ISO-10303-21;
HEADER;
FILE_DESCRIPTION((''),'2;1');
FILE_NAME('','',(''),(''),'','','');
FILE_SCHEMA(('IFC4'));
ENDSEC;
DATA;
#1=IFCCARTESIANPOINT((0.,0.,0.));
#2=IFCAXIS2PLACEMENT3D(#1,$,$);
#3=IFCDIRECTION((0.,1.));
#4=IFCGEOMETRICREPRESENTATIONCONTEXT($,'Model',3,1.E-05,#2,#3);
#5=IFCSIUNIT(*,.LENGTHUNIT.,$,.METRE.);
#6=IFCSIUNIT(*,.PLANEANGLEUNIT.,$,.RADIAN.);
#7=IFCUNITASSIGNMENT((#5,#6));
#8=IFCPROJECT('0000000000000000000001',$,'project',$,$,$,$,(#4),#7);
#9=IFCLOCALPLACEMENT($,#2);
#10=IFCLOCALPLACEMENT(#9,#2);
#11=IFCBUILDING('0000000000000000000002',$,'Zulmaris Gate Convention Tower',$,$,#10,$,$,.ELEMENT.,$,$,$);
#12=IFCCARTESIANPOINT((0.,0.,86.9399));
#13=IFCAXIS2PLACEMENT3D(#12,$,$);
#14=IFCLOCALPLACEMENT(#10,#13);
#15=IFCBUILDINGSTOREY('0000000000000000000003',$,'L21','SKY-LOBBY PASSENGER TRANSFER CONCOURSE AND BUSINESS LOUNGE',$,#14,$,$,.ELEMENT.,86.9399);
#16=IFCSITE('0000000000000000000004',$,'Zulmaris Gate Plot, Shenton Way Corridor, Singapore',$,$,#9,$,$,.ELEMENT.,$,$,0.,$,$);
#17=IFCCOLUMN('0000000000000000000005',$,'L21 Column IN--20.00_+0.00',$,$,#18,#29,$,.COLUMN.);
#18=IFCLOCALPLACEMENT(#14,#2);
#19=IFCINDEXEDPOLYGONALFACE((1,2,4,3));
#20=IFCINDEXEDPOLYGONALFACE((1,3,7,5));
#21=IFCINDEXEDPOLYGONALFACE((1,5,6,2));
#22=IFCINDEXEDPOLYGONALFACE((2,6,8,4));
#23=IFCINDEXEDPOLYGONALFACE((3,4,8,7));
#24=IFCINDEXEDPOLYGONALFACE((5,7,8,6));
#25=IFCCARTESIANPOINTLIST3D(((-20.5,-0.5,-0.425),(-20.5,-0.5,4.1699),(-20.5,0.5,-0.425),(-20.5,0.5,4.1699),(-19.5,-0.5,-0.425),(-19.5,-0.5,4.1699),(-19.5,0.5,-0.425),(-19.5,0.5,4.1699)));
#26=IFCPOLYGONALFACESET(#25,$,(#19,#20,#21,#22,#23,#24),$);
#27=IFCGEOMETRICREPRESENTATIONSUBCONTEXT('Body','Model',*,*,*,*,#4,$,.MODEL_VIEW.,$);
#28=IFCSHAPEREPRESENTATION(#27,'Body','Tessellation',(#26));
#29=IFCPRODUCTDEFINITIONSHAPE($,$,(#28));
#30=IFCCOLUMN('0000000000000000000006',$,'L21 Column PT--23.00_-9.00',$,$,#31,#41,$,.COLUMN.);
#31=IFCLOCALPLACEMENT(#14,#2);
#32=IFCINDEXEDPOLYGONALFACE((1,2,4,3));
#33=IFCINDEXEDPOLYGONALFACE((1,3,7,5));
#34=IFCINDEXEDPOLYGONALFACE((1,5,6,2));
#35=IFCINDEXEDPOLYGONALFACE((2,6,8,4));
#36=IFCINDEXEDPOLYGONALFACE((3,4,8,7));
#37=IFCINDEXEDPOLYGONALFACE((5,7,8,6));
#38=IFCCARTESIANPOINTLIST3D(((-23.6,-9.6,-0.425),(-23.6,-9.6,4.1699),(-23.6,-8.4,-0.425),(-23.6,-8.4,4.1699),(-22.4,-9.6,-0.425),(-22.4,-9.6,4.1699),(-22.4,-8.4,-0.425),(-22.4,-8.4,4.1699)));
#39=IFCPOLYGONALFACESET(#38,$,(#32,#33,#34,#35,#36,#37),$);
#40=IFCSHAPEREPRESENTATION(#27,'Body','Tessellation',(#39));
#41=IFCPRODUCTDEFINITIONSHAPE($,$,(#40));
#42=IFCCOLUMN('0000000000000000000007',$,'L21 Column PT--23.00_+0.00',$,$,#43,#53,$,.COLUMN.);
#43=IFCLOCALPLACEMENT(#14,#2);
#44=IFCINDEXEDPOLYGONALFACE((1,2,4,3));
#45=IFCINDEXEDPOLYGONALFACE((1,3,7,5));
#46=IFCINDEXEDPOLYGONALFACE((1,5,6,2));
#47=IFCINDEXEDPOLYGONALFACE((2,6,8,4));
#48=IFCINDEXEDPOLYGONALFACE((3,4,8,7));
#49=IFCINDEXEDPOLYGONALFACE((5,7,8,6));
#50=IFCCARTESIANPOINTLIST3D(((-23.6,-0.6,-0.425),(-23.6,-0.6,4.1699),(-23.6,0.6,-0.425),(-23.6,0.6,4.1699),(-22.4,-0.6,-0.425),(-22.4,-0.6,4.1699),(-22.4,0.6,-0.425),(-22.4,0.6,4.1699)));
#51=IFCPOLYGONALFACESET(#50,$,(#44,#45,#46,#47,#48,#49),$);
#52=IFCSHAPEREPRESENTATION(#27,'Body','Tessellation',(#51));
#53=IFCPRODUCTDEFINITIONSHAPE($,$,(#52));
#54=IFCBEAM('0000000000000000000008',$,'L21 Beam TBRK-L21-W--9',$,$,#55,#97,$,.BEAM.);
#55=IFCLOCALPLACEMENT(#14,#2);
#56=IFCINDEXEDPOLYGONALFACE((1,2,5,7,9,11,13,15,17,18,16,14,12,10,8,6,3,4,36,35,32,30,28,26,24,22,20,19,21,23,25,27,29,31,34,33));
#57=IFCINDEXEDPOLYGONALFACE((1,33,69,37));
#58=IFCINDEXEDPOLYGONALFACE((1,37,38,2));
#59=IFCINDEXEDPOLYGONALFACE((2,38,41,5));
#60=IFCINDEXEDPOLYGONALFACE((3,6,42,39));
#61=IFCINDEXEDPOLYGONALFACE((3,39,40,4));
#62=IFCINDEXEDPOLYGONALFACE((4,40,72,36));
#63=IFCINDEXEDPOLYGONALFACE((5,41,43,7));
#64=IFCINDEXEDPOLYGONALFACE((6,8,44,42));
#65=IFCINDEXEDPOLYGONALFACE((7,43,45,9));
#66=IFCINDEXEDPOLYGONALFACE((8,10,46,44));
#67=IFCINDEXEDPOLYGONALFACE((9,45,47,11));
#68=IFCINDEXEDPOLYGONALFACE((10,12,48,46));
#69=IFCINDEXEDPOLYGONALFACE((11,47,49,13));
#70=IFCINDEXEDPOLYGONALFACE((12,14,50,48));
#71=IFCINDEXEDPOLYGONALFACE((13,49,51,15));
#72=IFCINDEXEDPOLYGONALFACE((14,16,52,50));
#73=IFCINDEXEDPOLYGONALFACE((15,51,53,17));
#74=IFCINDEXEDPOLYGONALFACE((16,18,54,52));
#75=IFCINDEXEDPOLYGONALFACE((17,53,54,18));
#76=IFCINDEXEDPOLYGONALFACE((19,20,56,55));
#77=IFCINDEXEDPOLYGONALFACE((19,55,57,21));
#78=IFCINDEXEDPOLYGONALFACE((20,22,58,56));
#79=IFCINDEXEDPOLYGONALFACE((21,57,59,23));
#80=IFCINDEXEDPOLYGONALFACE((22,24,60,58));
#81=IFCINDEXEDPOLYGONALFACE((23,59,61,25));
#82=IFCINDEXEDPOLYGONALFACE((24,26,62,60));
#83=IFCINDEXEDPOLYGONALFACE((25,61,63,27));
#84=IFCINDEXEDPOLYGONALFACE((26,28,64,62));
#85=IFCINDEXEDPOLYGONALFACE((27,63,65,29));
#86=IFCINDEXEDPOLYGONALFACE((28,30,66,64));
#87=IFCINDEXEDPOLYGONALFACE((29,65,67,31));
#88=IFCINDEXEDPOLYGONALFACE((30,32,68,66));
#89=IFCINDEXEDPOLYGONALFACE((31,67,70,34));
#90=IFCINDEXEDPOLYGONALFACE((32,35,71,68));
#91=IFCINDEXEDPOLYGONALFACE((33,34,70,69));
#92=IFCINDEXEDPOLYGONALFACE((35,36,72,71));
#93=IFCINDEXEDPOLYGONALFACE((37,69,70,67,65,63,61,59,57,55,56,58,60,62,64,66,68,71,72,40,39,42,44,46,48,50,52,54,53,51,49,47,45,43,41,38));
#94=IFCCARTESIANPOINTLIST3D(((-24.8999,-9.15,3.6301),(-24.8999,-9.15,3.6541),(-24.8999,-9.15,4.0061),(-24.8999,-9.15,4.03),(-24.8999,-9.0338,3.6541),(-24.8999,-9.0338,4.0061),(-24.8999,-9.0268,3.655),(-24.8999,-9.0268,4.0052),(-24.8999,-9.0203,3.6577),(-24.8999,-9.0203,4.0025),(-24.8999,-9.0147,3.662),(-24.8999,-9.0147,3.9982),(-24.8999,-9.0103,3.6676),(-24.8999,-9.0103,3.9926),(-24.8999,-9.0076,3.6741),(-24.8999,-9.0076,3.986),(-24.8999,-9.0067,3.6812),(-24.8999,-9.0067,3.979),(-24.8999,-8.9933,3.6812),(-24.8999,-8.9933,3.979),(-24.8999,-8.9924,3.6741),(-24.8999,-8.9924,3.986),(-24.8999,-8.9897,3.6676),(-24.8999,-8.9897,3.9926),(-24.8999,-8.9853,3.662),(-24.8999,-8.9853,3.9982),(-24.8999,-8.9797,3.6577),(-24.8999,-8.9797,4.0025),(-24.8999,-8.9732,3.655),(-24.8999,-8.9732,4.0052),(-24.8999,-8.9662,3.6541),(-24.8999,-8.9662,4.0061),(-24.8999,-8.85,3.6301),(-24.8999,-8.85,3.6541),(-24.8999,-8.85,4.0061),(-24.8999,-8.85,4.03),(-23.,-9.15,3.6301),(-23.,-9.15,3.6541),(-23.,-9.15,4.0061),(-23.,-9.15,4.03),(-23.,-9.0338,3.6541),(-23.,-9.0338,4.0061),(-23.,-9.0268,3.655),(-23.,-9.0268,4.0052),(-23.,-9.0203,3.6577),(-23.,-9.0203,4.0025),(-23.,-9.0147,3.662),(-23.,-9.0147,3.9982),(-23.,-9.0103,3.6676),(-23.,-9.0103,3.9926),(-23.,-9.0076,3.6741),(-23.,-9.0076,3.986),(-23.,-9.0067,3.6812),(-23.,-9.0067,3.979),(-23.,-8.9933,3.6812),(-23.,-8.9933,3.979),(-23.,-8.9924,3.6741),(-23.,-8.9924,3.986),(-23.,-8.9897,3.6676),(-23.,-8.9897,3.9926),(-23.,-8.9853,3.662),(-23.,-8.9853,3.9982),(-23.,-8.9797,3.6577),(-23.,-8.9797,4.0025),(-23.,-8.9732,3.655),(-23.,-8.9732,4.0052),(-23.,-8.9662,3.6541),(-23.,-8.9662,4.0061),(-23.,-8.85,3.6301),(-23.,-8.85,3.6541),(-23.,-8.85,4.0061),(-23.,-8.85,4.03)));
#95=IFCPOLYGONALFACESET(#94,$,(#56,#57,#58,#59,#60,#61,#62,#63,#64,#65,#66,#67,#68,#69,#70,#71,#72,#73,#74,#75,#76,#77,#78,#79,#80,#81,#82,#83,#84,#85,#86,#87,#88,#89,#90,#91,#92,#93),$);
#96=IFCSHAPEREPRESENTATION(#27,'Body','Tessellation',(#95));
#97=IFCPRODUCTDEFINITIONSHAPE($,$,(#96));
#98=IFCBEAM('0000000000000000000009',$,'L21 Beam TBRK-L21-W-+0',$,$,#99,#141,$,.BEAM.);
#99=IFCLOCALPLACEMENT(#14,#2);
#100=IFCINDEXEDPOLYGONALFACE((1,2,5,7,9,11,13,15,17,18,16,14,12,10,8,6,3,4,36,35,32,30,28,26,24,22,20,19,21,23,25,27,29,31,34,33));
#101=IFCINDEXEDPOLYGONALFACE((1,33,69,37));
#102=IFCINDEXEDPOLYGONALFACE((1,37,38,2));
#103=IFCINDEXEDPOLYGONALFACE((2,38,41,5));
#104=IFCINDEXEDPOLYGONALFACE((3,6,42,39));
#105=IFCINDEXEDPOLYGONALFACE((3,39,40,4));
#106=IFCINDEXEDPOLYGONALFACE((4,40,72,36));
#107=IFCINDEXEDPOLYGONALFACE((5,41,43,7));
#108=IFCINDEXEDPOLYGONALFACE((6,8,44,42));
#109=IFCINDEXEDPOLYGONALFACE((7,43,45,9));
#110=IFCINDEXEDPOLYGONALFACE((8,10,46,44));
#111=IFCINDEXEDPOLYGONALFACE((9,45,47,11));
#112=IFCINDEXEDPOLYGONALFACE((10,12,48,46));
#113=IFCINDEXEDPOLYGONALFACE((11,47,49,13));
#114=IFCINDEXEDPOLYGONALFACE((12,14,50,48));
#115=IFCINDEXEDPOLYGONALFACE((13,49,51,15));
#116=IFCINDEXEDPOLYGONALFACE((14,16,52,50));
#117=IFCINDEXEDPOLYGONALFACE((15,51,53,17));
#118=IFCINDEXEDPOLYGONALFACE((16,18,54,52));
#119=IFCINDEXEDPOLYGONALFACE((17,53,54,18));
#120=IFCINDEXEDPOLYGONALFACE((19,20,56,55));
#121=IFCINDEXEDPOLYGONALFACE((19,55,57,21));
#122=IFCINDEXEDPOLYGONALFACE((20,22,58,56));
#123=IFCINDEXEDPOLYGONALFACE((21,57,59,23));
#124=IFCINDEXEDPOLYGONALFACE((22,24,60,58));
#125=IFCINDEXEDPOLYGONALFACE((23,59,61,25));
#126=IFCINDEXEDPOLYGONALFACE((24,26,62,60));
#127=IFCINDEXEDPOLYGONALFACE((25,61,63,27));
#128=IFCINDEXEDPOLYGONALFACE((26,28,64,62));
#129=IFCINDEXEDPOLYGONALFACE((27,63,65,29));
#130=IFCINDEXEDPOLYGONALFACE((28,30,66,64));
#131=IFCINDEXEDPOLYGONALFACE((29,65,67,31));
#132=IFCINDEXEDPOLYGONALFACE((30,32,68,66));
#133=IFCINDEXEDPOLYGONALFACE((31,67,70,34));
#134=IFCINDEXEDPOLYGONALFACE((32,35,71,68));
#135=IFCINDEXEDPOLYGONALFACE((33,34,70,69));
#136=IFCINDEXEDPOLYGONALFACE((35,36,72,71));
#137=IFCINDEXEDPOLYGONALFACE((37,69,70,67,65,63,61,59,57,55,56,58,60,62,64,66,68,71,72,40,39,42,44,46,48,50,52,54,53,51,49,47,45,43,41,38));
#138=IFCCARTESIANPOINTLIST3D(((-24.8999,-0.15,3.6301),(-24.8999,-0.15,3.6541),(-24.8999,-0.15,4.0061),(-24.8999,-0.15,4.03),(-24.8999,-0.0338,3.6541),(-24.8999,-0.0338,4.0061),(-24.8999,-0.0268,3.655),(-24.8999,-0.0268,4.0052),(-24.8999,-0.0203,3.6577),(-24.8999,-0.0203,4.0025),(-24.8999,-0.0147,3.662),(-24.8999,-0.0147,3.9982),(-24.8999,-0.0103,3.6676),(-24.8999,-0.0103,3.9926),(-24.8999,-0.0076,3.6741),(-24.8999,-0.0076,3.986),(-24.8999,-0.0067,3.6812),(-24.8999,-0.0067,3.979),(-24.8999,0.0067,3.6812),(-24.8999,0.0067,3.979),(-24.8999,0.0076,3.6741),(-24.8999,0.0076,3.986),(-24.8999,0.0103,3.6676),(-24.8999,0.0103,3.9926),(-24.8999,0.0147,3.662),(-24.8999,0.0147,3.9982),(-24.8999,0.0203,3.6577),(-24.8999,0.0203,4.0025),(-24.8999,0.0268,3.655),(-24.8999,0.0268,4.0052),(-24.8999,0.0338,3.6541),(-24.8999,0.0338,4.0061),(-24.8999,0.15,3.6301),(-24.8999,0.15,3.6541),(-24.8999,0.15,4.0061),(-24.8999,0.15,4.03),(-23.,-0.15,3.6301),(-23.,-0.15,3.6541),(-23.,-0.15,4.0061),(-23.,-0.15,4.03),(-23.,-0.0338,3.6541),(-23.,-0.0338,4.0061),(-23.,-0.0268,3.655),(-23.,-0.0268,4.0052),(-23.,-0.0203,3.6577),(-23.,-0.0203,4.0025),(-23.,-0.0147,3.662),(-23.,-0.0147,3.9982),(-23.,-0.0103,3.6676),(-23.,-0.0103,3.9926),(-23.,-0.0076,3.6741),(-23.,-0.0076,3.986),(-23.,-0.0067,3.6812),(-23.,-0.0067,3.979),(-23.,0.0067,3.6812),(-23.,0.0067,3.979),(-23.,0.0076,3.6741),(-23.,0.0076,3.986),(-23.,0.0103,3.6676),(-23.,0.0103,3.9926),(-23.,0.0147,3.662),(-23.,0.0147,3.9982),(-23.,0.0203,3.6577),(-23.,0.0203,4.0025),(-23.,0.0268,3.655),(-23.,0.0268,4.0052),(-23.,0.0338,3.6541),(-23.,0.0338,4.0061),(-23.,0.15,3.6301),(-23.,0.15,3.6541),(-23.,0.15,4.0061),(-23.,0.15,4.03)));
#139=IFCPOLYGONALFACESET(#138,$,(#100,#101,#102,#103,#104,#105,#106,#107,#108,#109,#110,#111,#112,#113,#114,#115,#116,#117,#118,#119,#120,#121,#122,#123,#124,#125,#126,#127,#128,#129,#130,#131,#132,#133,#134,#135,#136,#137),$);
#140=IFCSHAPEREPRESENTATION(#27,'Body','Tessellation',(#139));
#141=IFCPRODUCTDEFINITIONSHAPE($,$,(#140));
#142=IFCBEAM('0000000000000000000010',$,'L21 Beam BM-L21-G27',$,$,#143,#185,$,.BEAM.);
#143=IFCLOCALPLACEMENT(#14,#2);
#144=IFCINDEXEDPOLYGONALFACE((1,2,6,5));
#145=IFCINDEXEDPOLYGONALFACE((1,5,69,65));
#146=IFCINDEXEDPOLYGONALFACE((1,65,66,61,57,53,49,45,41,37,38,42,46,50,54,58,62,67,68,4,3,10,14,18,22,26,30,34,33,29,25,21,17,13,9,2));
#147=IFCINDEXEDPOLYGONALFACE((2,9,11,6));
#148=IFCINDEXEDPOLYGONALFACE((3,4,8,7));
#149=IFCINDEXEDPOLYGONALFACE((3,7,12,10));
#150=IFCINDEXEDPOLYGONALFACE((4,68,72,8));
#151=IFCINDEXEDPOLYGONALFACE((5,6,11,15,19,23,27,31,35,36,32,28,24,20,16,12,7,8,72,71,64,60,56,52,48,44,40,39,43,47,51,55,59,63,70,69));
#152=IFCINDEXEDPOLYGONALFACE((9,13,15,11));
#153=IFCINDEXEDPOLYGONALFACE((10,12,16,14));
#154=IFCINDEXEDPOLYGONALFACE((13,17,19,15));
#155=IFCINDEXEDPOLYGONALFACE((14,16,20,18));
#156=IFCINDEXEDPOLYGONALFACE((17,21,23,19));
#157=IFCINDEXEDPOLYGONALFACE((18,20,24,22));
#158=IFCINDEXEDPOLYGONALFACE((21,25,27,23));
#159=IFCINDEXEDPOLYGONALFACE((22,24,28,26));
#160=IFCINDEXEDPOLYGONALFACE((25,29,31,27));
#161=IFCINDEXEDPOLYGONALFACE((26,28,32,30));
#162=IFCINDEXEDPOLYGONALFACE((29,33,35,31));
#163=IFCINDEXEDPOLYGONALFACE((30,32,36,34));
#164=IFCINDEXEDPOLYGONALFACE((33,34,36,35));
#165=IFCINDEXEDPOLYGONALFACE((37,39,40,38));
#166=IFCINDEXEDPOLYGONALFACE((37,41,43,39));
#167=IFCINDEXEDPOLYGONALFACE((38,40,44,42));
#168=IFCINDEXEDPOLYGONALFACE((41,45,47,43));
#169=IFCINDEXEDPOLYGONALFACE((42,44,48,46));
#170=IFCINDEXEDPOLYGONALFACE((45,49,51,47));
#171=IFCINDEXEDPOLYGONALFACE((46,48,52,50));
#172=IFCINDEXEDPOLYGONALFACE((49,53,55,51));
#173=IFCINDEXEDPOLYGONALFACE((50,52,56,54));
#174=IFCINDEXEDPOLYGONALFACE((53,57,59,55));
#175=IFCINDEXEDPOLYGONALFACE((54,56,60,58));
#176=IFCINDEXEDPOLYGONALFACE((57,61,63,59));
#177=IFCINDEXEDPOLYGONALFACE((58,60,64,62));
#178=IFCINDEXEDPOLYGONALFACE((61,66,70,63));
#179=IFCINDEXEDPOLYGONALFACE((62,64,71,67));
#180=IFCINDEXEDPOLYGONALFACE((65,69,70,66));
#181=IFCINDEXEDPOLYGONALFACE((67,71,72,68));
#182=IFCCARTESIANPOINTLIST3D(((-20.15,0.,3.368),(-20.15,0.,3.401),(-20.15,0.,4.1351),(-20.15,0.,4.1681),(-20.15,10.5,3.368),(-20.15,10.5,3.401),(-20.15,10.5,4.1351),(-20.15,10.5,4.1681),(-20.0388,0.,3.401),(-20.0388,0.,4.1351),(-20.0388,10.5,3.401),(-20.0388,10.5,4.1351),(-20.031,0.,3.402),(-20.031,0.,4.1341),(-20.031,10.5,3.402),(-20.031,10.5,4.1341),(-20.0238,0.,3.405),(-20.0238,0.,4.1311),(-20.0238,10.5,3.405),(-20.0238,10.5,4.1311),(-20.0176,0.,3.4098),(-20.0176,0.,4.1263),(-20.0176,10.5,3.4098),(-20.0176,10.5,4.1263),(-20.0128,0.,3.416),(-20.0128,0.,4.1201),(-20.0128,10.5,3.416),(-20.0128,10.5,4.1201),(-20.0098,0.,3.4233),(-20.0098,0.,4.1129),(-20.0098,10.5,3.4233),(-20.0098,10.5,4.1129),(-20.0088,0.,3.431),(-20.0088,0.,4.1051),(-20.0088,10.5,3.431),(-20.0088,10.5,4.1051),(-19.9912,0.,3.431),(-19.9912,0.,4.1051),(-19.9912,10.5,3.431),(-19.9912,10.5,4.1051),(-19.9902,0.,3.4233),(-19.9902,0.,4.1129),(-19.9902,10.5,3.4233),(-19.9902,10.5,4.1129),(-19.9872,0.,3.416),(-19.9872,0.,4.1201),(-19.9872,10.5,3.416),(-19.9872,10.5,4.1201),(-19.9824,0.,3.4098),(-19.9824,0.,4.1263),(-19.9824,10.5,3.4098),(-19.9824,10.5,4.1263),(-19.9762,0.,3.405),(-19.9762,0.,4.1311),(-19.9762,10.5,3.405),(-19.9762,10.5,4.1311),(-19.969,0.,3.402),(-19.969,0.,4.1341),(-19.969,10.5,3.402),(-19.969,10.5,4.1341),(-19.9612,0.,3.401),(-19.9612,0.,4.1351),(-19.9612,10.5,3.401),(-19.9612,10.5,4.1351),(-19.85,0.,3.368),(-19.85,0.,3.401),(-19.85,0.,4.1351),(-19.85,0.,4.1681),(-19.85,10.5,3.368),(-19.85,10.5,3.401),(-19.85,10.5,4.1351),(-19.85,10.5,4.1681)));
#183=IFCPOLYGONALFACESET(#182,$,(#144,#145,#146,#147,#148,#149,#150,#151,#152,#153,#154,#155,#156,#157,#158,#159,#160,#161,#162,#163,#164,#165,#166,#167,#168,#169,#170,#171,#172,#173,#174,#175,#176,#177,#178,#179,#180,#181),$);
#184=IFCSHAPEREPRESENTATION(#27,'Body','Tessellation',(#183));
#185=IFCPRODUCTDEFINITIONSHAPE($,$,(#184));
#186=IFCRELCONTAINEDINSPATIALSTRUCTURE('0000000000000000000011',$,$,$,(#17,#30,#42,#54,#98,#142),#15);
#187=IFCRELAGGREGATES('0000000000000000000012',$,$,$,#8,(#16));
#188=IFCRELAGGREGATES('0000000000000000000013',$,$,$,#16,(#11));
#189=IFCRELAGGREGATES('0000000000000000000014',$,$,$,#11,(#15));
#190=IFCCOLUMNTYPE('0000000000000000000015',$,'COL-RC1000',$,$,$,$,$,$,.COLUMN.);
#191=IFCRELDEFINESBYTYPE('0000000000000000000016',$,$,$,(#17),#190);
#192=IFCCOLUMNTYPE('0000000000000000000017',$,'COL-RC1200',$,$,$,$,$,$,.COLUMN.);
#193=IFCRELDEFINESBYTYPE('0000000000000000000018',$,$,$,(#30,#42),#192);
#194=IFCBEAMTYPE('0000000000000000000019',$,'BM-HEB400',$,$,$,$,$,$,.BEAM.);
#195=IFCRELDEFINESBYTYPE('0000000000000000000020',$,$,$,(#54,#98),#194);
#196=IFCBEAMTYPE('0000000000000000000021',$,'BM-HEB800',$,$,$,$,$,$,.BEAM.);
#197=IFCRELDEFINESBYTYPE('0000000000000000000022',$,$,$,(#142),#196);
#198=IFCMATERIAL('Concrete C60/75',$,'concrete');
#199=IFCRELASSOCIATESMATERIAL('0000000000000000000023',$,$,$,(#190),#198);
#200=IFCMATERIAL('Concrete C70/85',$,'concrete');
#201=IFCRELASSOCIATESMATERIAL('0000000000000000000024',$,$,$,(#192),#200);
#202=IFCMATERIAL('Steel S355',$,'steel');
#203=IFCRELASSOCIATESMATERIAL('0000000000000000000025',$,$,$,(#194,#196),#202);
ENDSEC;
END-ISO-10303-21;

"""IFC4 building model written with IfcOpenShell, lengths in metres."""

from ifc_helpers import new_model, si_unit, direction, frame, origin, origin_2d, place, context, subcontext, project, spatial, rectangle, i_section, extrude, material, material_profile, profile_set, type_object, element, save


model = new_model("IFC4")

# Units and contexts
model_context = context("Model", 3, precision=1e-05, world=origin(), true_north=direction((0.0, 1.0)))
body_context = subcontext(model_context, "Body", "Model", "MODEL_VIEW")
ifc_project = project(units=[si_unit("LENGTHUNIT", "METRE"), si_unit("PLANEANGLEUNIT", "RADIAN")], contexts=[model_context])

# Site, building, storey
site_placement = place(None, origin())
site = spatial("IfcSite", under=ifc_project, at=site_placement, Name="Zulmaris Gate Plot, Shenton Way Corridor, Singapore", CompositionType="ELEMENT", RefElevation=0.0)
building_placement = place(site_placement, origin())
building = spatial("IfcBuilding", under=site, at=building_placement, Name="Zulmaris Gate Convention Tower", CompositionType="ELEMENT")
storey_placement = place(building_placement, frame((0.0, 0.0, 86.9399)))
storey = spatial("IfcBuildingStorey", under=building, at=storey_placement, Name="L21", Description="SKY-LOBBY PASSENGER TRANSFER CONCOURSE AND BUSINESS LOUNGE", CompositionType="ELEMENT", Elevation=86.9399)

# Columns
ifc_material_1 = material(Name="Concrete C60/75", Category="concrete")
ifc_material_profile_1 = material_profile(ifc_material_1, rectangle(XDim=1.0, YDim=1.0, at=origin_2d()), Name="RC COL 1000x1000")
ifc_profile_set_1 = profile_set([ifc_material_profile_1], Name="Concrete C60/75")
column_type_1 = type_object("IfcColumnType", Name="COL-RC1000", PredefinedType="COLUMN", material=ifc_profile_set_1)
column_placement = place(storey_placement, frame((-20.0, 0.0, -0.425), z_axis=(0.0, 0.0, 1.0), x_axis=(1.0, 0.0, 0.0)))
element("IfcColumn", 1, at=column_placement, inside=storey, type_object=column_type_1, Name="L21 Column IN--20.00_+0.00", PredefinedType="COLUMN", context=body_context, shape_type="SweptSolid", body=[
    extrude(rectangle(XDim=1.0, YDim=1.0, at=origin_2d()), origin(), (0.0, 0.0, 1.0), 4.595),
])
ifc_material_2 = material(Name="Concrete C70/85", Category="concrete")
ifc_material_profile_2 = material_profile(ifc_material_2, rectangle(XDim=1.2, YDim=1.2, at=origin_2d()), Name="RC COL 1200x1200")
ifc_profile_set_2 = profile_set([ifc_material_profile_2], Name="Concrete C70/85")
column_type_2 = type_object("IfcColumnType", Name="COL-RC1200", PredefinedType="COLUMN", material=ifc_profile_set_2)
for number, where, z_axis, x_axis, name in (
    (2, (-23.0, -9.0, -0.425), (0.0, 0.0, 1.0), (1.0, 0.0, 0.0), "L21 Column PT--23.00_-9.00"),
    (3, (-23.0, 0.0, -0.425), (0.0, 0.0, 1.0), (1.0, 0.0, 0.0), "L21 Column PT--23.00_+0.00"),
):
    element("IfcColumn", number, at=place(storey_placement, frame(where, z_axis=z_axis, x_axis=x_axis)), inside=storey, type_object=column_type_2, Name=name, PredefinedType="COLUMN", context=body_context, shape_type="SweptSolid", body=[
        extrude(rectangle(XDim=1.2, YDim=1.2, at=origin_2d()), origin(), (0.0, 0.0, 1.0), 4.595),
    ])

# Beams
ifc_material_3 = material(Name="Steel S355", Category="steel")
ifc_material_profile_3 = material_profile(ifc_material_3, i_section(OverallWidth=0.3, OverallDepth=0.3999, WebThickness=0.0134, FlangeThickness=0.0239, FilletRadius=0.0271, at=origin_2d()), Name="HEB 400")
ifc_profile_set_3 = profile_set([ifc_material_profile_3], Name="Steel S355")
beam_type_1 = type_object("IfcBeamType", Name="BM-HEB400", PredefinedType="BEAM", material=ifc_profile_set_3)
for number, where, z_axis, x_axis, name in (
    (4, (-24.8999, -9.0, 3.8301), (1.0, 0.0, 0.0), (0.0, 1.0, 0.0), "L21 Beam TBRK-L21-W--9"),
    (5, (-24.8999, 0.0, 3.8301), (1.0, 0.0, 0.0), (0.0, 1.0, 0.0), "L21 Beam TBRK-L21-W-+0"),
):
    element("IfcBeam", number, at=place(storey_placement, frame(where, z_axis=z_axis, x_axis=x_axis)), inside=storey, type_object=beam_type_1, Name=name, PredefinedType="BEAM", context=body_context, shape_type="SweptSolid", body=[
        extrude(i_section(OverallWidth=0.3, OverallDepth=0.3999, WebThickness=0.0134, FlangeThickness=0.0239, FilletRadius=0.0271, at=origin_2d()), origin(), (0.0, 0.0, 1.0), 1.8999),
    ])
ifc_material_profile_4 = material_profile(ifc_material_3, i_section(OverallWidth=0.3, OverallDepth=0.8, WebThickness=0.0176, FlangeThickness=0.033, FilletRadius=0.03, at=origin_2d()), Name="HEB 800")
ifc_profile_set_4 = profile_set([ifc_material_profile_4], Name="Steel S355")
beam_type_2 = type_object("IfcBeamType", Name="BM-HEB800", PredefinedType="BEAM", material=ifc_profile_set_4)
beam_1_placement = place(storey_placement, frame((-20.0, 0.0, 3.7681), z_axis=(0.0, 1.0, 0.0), x_axis=(-1.0, 0.0, 0.0)))
element("IfcBeam", 6, at=beam_1_placement, inside=storey, type_object=beam_type_2, Name="L21 Beam BM-L21-G27", PredefinedType="BEAM", context=body_context, shape_type="SweptSolid", body=[
    extrude(i_section(OverallWidth=0.3, OverallDepth=0.8, WebThickness=0.0176, FlangeThickness=0.033, FilletRadius=0.03, at=origin_2d()), origin(), (0.0, 0.0, 1.0), 10.5),
])

save(model, "model.ifc")
